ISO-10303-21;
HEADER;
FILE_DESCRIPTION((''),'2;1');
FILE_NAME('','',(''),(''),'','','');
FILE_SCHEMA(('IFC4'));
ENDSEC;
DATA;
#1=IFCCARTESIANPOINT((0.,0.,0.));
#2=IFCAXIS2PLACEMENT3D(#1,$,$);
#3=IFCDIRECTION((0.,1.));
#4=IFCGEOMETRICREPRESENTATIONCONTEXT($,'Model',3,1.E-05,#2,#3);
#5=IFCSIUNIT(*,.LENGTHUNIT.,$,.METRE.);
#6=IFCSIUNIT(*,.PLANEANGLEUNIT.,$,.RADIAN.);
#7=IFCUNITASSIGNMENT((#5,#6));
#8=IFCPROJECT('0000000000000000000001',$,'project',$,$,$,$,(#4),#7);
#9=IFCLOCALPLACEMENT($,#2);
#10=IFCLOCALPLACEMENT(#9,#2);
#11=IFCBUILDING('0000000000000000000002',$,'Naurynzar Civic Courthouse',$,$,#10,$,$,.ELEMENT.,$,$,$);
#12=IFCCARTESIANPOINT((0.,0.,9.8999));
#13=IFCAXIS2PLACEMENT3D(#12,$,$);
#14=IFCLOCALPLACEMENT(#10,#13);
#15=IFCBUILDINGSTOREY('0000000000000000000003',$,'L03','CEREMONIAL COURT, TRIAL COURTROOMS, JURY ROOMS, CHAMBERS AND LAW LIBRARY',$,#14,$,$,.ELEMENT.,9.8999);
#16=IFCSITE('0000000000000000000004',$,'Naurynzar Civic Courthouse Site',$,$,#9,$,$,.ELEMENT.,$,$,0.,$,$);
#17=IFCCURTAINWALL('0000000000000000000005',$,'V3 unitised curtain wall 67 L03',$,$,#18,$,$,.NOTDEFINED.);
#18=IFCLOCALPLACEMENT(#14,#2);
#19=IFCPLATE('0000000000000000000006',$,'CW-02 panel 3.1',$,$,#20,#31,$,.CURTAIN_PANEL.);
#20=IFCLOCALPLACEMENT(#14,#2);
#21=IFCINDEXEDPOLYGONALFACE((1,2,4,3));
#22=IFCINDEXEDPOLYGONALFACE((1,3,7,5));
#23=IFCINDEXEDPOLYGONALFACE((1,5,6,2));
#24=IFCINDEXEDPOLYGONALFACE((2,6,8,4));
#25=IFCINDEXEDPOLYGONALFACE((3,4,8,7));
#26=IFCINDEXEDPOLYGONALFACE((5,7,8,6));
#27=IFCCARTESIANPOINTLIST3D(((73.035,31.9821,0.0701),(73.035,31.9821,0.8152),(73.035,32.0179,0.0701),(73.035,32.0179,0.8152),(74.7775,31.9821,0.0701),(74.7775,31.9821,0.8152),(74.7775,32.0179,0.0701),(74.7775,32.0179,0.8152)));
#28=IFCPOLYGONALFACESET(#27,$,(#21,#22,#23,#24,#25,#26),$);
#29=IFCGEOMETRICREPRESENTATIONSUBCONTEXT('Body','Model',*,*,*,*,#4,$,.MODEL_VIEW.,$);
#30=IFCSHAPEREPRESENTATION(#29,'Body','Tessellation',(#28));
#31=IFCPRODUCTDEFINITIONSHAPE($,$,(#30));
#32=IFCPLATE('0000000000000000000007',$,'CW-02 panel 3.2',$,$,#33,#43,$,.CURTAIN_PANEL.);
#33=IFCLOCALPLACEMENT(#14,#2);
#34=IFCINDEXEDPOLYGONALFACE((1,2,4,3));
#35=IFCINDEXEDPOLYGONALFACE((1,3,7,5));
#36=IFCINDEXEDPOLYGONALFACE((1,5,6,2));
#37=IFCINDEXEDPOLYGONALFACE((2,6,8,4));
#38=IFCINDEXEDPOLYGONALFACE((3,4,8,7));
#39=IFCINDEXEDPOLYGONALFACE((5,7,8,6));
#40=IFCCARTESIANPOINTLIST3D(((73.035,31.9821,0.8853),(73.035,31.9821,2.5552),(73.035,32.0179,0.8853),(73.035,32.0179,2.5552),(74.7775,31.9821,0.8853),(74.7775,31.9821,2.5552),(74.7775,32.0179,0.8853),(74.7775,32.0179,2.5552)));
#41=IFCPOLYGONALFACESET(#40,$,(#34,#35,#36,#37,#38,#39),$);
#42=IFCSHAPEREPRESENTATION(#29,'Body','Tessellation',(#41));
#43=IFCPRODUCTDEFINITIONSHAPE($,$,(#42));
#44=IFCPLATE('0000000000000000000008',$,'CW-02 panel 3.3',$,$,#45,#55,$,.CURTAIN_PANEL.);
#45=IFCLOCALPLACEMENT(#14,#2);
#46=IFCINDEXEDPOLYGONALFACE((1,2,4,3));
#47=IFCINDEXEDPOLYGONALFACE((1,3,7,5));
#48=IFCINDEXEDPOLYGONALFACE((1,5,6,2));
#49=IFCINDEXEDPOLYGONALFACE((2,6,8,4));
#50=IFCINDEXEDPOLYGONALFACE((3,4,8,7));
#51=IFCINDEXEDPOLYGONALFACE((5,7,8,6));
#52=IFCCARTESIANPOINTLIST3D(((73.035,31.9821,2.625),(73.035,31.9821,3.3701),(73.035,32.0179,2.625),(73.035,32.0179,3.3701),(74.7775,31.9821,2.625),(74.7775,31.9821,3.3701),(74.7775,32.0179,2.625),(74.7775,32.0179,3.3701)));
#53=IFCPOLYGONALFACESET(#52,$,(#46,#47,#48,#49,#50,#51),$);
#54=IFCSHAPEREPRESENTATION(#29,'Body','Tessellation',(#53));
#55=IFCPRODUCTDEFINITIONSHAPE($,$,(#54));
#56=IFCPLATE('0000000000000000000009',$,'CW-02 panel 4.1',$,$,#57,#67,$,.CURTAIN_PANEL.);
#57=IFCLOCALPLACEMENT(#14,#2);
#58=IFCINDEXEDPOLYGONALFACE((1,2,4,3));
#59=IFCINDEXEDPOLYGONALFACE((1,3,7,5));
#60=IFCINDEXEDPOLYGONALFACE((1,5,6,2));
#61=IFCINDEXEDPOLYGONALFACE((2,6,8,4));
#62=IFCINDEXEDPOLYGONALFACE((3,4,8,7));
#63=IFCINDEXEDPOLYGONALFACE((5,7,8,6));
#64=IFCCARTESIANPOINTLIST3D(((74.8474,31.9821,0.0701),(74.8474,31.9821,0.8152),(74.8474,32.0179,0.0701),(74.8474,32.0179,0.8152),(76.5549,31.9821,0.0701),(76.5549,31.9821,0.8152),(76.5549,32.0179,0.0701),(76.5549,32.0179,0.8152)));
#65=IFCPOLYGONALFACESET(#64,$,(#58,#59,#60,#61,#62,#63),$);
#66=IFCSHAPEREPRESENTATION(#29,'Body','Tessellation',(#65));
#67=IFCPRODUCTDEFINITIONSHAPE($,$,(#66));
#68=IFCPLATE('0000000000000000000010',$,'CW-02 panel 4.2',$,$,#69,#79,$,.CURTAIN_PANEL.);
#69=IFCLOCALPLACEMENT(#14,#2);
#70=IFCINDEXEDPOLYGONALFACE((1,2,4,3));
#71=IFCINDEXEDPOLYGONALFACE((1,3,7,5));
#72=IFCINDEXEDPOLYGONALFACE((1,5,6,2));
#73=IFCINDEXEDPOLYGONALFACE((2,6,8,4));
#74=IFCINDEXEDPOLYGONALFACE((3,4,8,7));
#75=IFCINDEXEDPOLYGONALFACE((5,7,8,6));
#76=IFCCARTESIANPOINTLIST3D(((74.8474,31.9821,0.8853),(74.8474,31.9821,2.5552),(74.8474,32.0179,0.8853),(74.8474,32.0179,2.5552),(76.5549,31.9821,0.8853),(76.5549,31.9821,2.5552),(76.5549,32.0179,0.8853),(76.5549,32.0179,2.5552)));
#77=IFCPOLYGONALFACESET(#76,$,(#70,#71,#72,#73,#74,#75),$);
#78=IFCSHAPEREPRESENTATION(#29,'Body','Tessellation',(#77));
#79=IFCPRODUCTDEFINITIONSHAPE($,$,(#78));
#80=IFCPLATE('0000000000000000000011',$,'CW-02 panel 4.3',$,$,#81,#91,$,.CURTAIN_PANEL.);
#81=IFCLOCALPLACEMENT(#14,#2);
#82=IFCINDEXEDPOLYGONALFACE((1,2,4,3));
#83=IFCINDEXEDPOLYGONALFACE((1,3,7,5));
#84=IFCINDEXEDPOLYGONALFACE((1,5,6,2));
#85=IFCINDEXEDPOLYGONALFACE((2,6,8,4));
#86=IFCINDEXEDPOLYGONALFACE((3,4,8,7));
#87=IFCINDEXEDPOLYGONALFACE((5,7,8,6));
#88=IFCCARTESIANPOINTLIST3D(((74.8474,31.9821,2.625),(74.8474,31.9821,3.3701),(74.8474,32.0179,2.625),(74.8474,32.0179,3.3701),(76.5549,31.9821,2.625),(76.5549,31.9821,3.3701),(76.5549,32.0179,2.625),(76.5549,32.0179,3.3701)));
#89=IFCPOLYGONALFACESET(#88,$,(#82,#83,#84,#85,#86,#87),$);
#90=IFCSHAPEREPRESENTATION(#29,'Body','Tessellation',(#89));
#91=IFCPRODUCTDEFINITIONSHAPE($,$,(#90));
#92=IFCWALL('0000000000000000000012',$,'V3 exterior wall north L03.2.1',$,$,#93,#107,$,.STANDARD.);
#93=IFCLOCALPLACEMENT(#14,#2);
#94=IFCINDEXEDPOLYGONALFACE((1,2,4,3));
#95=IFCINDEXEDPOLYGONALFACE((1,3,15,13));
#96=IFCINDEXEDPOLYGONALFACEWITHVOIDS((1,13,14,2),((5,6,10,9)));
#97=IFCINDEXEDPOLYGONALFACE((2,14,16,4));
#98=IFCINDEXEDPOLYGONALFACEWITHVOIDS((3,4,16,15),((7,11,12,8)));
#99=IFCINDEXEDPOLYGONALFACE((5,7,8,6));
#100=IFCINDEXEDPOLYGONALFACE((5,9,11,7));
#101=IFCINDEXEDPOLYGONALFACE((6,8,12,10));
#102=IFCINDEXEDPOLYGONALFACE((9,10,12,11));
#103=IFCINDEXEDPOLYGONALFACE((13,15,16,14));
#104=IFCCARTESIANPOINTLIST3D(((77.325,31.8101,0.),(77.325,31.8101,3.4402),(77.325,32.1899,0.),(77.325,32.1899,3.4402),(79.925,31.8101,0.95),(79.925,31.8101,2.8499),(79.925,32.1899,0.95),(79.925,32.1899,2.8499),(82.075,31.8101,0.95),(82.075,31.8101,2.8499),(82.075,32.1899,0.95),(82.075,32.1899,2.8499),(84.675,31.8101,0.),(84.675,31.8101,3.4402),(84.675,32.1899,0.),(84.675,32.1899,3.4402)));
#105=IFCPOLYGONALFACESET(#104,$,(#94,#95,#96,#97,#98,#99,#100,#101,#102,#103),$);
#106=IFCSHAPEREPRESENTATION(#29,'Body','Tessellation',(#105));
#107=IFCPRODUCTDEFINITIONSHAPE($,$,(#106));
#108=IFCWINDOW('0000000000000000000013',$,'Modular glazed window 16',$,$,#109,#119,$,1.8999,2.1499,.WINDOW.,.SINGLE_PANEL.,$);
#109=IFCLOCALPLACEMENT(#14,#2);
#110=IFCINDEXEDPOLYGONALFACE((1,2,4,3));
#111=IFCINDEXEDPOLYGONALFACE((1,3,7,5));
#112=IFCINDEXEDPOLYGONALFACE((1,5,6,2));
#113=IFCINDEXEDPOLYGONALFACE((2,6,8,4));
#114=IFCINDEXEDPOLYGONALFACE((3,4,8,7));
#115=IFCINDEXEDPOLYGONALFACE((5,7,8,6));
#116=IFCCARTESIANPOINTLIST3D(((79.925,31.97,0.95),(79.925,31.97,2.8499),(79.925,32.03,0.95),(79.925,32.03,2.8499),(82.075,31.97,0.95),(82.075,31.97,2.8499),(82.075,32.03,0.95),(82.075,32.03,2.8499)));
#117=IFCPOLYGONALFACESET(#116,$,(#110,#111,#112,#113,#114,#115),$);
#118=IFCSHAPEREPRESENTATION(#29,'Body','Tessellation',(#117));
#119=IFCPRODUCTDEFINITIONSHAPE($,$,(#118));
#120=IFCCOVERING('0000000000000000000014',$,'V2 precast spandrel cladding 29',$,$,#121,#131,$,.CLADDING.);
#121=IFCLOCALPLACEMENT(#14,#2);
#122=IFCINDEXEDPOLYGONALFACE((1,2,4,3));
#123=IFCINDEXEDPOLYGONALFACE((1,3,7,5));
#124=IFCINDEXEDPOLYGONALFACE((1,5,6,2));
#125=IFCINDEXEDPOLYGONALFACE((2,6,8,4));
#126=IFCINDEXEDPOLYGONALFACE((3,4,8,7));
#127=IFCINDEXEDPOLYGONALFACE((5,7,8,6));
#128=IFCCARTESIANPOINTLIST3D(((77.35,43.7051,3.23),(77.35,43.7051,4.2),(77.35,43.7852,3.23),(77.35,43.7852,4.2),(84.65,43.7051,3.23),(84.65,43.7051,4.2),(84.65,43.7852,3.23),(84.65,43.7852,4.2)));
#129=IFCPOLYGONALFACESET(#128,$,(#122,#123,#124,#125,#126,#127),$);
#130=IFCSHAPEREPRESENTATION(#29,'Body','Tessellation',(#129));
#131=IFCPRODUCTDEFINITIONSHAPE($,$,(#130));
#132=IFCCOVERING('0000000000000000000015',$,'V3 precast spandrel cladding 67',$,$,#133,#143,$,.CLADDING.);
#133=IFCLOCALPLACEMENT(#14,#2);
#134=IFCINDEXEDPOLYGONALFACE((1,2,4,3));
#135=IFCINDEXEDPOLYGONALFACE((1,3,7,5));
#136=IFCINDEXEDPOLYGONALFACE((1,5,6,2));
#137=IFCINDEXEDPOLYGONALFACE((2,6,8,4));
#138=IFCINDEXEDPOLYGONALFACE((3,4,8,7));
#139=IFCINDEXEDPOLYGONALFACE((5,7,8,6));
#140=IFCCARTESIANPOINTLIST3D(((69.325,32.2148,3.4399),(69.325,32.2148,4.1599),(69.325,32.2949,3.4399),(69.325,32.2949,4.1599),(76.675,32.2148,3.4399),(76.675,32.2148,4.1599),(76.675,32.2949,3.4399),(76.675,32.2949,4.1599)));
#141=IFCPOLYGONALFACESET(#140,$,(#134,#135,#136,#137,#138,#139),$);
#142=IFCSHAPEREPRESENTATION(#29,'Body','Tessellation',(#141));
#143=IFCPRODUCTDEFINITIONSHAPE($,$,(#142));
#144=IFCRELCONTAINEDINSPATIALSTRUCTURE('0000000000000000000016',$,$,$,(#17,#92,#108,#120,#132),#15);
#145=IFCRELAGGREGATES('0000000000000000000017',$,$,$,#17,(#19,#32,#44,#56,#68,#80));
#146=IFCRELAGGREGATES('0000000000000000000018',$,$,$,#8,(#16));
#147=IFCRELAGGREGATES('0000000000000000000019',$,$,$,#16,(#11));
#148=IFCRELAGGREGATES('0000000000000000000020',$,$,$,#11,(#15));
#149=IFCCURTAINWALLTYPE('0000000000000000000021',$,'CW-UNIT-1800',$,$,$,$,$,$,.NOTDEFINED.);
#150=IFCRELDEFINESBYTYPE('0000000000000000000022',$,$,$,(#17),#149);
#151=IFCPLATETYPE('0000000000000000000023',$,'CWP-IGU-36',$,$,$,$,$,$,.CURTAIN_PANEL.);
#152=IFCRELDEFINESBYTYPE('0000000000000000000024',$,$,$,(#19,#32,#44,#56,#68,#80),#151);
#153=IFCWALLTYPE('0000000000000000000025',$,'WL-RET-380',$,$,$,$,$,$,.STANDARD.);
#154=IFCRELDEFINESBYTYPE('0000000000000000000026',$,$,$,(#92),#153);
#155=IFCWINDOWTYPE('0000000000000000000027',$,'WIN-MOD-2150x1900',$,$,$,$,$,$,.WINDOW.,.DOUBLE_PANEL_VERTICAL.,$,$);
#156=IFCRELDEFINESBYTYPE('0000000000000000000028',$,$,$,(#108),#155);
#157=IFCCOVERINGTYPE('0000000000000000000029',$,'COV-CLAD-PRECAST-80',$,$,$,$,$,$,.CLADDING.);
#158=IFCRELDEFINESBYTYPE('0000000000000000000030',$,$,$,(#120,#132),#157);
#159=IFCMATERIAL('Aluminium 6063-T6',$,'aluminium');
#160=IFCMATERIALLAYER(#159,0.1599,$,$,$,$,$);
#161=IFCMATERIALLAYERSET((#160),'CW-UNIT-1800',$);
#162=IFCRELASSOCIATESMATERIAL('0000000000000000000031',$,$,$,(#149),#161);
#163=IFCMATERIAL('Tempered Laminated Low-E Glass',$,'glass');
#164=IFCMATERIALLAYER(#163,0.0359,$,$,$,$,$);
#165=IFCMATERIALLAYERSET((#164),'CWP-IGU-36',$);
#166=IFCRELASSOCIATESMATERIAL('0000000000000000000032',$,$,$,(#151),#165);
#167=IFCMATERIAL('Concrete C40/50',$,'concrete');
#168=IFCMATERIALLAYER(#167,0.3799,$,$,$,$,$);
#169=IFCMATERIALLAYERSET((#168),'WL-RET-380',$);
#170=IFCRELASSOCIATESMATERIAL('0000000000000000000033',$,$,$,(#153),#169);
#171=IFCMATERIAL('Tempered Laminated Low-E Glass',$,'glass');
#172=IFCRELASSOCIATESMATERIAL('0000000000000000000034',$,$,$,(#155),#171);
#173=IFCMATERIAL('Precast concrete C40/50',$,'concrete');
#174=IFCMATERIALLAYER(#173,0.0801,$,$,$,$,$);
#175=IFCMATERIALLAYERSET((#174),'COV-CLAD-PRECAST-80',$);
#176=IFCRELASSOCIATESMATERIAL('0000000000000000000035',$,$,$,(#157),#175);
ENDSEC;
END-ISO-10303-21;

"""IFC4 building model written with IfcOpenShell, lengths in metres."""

from ifc_helpers import new_model, si_unit, direction, frame, frame_2d, origin, origin_2d, place, context, subcontext, project, spatial, rectangle, extrude, material, layer, layer_set, type_object, element, fill, aggregate, save


model = new_model("IFC4")

# Units and contexts
model_context = context("Model", 3, precision=1e-05, world=origin(), true_north=direction((0.0, 1.0)))
body_context = subcontext(model_context, "Body", "Model", "MODEL_VIEW")
ifc_project = project(units=[si_unit("LENGTHUNIT", "METRE"), si_unit("PLANEANGLEUNIT", "RADIAN")], contexts=[model_context])

# Site, building, storey
site_placement = place(None, origin())
site = spatial("IfcSite", under=ifc_project, at=site_placement, Name="Naurynzar Civic Courthouse Site", CompositionType="ELEMENT", RefElevation=0.0)
building_placement = place(site_placement, origin())
building = spatial("IfcBuilding", under=site, at=building_placement, Name="Naurynzar Civic Courthouse", CompositionType="ELEMENT")
storey_placement = place(building_placement, frame((0.0, 0.0, 9.8999)))
storey = spatial("IfcBuildingStorey", under=building, at=storey_placement, Name="L03", Description="CEREMONIAL COURT, TRIAL COURTROOMS, JURY ROOMS, CHAMBERS AND LAW LIBRARY", CompositionType="ELEMENT", Elevation=9.8999)

# Curtain wall, plates
ifc_material_1 = material(Name="Aluminium 6063-T6", Category="aluminium")
ifc_layer_1 = layer(ifc_material_1, 0.1599)
ifc_layer_set_1 = layer_set([ifc_layer_1], Name="CW-UNIT-1800")
curtain_wall_type = type_object("IfcCurtainWallType", Name="CW-UNIT-1800", PredefinedType="NOTDEFINED", material=ifc_layer_set_1)
curtain_wall_placement = place(storey_placement, origin())
curtain_wall = element("IfcCurtainWall", 1, at=curtain_wall_placement, inside=storey, type_object=curtain_wall_type, Name="V3 unitised curtain wall 67 L03", PredefinedType="NOTDEFINED")
ifc_material_2 = material(Name="Tempered Laminated Low-E Glass", Category="glass")
ifc_layer_2 = layer(ifc_material_2, 0.0359)
ifc_layer_set_2 = layer_set([ifc_layer_2], Name="CWP-IGU-36")
plate_type = type_object("IfcPlateType", Name="CWP-IGU-36", PredefinedType="CURTAIN_PANEL", material=ifc_layer_set_2)
plate_1_placement = place(storey_placement, frame((73.9062, 32.0, 0.0701), z_axis=(0.0, 0.0, 1.0), x_axis=(1.0, 0.0, 0.0)))
plate_1 = element("IfcPlate", 2, at=plate_1_placement, type_object=plate_type, Name="CW-02 panel 3.1", PredefinedType="CURTAIN_PANEL", context=body_context, shape_type="SweptSolid", body=[
    extrude(rectangle(XDim=1.7424, YDim=0.0359, at=origin_2d()), origin(), (0.0, 0.0, 1.0), 0.7451),
])
plate_2_placement = place(storey_placement, frame((73.9062, 32.0, 0.8853), z_axis=(0.0, 0.0, 1.0), x_axis=(1.0, 0.0, 0.0)))
plate_2 = element("IfcPlate", 3, at=plate_2_placement, type_object=plate_type, Name="CW-02 panel 3.2", PredefinedType="CURTAIN_PANEL", context=body_context, shape_type="SweptSolid", body=[
    extrude(rectangle(XDim=1.7424, YDim=0.0359, at=origin_2d()), origin(), (0.0, 0.0, 1.0), 1.6699),
])
plate_3_placement = place(storey_placement, frame((73.9062, 32.0, 2.625), z_axis=(0.0, 0.0, 1.0), x_axis=(1.0, 0.0, 0.0)))
plate_3 = element("IfcPlate", 4, at=plate_3_placement, type_object=plate_type, Name="CW-02 panel 3.3", PredefinedType="CURTAIN_PANEL", context=body_context, shape_type="SweptSolid", body=[
    extrude(rectangle(XDim=1.7424, YDim=0.0359, at=origin_2d()), origin(), (0.0, 0.0, 1.0), 0.7451),
])
plate_4_placement = place(storey_placement, frame((75.7012, 32.0, 0.0701), z_axis=(0.0, 0.0, 1.0), x_axis=(1.0, 0.0, 0.0)))
plate_4 = element("IfcPlate", 5, at=plate_4_placement, type_object=plate_type, Name="CW-02 panel 4.1", PredefinedType="CURTAIN_PANEL", context=body_context, shape_type="SweptSolid", body=[
    extrude(rectangle(XDim=1.7075, YDim=0.0359, at=origin_2d()), origin(), (0.0, 0.0, 1.0), 0.7451),
])
plate_5_placement = place(storey_placement, frame((75.7012, 32.0, 0.8853), z_axis=(0.0, 0.0, 1.0), x_axis=(1.0, 0.0, 0.0)))
plate_5 = element("IfcPlate", 6, at=plate_5_placement, type_object=plate_type, Name="CW-02 panel 4.2", PredefinedType="CURTAIN_PANEL", context=body_context, shape_type="SweptSolid", body=[
    extrude(rectangle(XDim=1.7075, YDim=0.0359, at=origin_2d()), origin(), (0.0, 0.0, 1.0), 1.6699),
])
plate_6_placement = place(storey_placement, frame((75.7012, 32.0, 2.625), z_axis=(0.0, 0.0, 1.0), x_axis=(1.0, 0.0, 0.0)))
plate_6 = element("IfcPlate", 7, at=plate_6_placement, type_object=plate_type, Name="CW-02 panel 4.3", PredefinedType="CURTAIN_PANEL", context=body_context, shape_type="SweptSolid", body=[
    extrude(rectangle(XDim=1.7075, YDim=0.0359, at=origin_2d()), origin(), (0.0, 0.0, 1.0), 0.7451),
])
aggregate(curtain_wall, [plate_1, plate_2, plate_3, plate_4, plate_5, plate_6])

# Wall, opening, window
ifc_material_3 = material(Name="Concrete C40/50", Category="concrete")
ifc_layer_3 = layer(ifc_material_3, 0.3799)
ifc_layer_set_3 = layer_set([ifc_layer_3], Name="WL-RET-380")
wall_type = type_object("IfcWallType", Name="WL-RET-380", PredefinedType="STANDARD", material=ifc_layer_set_3)
wall_placement = place(storey_placement, frame((77.325, 32.0, 0.0), z_axis=(0.0, 0.0, 1.0), x_axis=(1.0, 0.0, 0.0)))
wall = element("IfcWall", 8, at=wall_placement, inside=storey, type_object=wall_type, Name="V3 exterior wall north L03.2.1", PredefinedType="STANDARD", context=body_context, shape_type="SweptSolid", body=[
    extrude(rectangle(XDim=7.3501, YDim=0.3799, at=frame_2d((3.675, 0.0))), origin(), (0.0, 0.0, 1.0), 3.4402),
])
opening_placement = place(wall_placement, frame((2.6001, 0.0, 0.95)))
opening = element("IfcOpeningElement", 9, at=opening_placement, cuts=wall, PredefinedType="OPENING", context=body_context, shape_type="SweptSolid", body=[
    extrude(rectangle(XDim=2.1499, YDim=1.8999, at=frame_2d((1.075, 0.95))), frame((0.0, 0.2, 0.0), z_axis=(0.0, -1.0, 0.0), x_axis=(1.0, 0.0, 0.0)), (0.0, 0.0, 1.0), 0.3999),
])
ifc_material_4 = material(Name="Tempered Laminated Low-E Glass", Category="glass")
window_type = type_object("IfcWindowType", Name="WIN-MOD-2150x1900", PartitioningType="DOUBLE_PANEL_VERTICAL", PredefinedType="WINDOW", material=ifc_material_4)
window_placement = place(opening_placement, origin())
window = element("IfcWindow", 10, at=window_placement, inside=storey, type_object=window_type, Name="Modular glazed window 16", OverallHeight=1.8999, OverallWidth=2.1499, PartitioningType="SINGLE_PANEL", PredefinedType="WINDOW", context=body_context, shape_type="SweptSolid", body=[
    extrude(rectangle(XDim=2.1499, YDim=1.8999, at=frame_2d((1.075, 0.95))), frame((0.0, 0.03, 0.0), z_axis=(0.0, -1.0, 0.0), x_axis=(1.0, 0.0, 0.0)), (0.0, 0.0, 1.0), 0.0601),
])
fill(opening, window)

# Coverings
ifc_material_5 = material(Name="Precast concrete C40/50", Category="concrete")
ifc_layer_4 = layer(ifc_material_5, 0.0801)
ifc_layer_set_4 = layer_set([ifc_layer_4], Name="COV-CLAD-PRECAST-80")
covering_type = type_object("IfcCoveringType", Name="COV-CLAD-PRECAST-80", PredefinedType="CLADDING", material=ifc_layer_set_4)
covering_1_placement = place(storey_placement, frame((81.0, 43.7451, 3.23), z_axis=(0.0, 0.0, 1.0), x_axis=(-1.0, 0.0, 0.0)))
element("IfcCovering", 11, at=covering_1_placement, inside=storey, type_object=covering_type, Name="V2 precast spandrel cladding 29", PredefinedType="CLADDING", context=body_context, shape_type="SweptSolid", body=[
    extrude(rectangle(XDim=7.3, YDim=0.0801, at=origin_2d()), origin(), (0.0, 0.0, 1.0), 0.97),
])
covering_2_placement = place(storey_placement, frame((73.0, 32.2549, 3.4399), z_axis=(0.0, 0.0, 1.0), x_axis=(1.0, 0.0, 0.0)))
element("IfcCovering", 12, at=covering_2_placement, inside=storey, type_object=covering_type, Name="V3 precast spandrel cladding 67", PredefinedType="CLADDING", context=body_context, shape_type="SweptSolid", body=[
    extrude(rectangle(XDim=7.3501, YDim=0.0801, at=origin_2d()), origin(), (0.0, 0.0, 1.0), 0.72),
])

save(model, "model.ifc")
